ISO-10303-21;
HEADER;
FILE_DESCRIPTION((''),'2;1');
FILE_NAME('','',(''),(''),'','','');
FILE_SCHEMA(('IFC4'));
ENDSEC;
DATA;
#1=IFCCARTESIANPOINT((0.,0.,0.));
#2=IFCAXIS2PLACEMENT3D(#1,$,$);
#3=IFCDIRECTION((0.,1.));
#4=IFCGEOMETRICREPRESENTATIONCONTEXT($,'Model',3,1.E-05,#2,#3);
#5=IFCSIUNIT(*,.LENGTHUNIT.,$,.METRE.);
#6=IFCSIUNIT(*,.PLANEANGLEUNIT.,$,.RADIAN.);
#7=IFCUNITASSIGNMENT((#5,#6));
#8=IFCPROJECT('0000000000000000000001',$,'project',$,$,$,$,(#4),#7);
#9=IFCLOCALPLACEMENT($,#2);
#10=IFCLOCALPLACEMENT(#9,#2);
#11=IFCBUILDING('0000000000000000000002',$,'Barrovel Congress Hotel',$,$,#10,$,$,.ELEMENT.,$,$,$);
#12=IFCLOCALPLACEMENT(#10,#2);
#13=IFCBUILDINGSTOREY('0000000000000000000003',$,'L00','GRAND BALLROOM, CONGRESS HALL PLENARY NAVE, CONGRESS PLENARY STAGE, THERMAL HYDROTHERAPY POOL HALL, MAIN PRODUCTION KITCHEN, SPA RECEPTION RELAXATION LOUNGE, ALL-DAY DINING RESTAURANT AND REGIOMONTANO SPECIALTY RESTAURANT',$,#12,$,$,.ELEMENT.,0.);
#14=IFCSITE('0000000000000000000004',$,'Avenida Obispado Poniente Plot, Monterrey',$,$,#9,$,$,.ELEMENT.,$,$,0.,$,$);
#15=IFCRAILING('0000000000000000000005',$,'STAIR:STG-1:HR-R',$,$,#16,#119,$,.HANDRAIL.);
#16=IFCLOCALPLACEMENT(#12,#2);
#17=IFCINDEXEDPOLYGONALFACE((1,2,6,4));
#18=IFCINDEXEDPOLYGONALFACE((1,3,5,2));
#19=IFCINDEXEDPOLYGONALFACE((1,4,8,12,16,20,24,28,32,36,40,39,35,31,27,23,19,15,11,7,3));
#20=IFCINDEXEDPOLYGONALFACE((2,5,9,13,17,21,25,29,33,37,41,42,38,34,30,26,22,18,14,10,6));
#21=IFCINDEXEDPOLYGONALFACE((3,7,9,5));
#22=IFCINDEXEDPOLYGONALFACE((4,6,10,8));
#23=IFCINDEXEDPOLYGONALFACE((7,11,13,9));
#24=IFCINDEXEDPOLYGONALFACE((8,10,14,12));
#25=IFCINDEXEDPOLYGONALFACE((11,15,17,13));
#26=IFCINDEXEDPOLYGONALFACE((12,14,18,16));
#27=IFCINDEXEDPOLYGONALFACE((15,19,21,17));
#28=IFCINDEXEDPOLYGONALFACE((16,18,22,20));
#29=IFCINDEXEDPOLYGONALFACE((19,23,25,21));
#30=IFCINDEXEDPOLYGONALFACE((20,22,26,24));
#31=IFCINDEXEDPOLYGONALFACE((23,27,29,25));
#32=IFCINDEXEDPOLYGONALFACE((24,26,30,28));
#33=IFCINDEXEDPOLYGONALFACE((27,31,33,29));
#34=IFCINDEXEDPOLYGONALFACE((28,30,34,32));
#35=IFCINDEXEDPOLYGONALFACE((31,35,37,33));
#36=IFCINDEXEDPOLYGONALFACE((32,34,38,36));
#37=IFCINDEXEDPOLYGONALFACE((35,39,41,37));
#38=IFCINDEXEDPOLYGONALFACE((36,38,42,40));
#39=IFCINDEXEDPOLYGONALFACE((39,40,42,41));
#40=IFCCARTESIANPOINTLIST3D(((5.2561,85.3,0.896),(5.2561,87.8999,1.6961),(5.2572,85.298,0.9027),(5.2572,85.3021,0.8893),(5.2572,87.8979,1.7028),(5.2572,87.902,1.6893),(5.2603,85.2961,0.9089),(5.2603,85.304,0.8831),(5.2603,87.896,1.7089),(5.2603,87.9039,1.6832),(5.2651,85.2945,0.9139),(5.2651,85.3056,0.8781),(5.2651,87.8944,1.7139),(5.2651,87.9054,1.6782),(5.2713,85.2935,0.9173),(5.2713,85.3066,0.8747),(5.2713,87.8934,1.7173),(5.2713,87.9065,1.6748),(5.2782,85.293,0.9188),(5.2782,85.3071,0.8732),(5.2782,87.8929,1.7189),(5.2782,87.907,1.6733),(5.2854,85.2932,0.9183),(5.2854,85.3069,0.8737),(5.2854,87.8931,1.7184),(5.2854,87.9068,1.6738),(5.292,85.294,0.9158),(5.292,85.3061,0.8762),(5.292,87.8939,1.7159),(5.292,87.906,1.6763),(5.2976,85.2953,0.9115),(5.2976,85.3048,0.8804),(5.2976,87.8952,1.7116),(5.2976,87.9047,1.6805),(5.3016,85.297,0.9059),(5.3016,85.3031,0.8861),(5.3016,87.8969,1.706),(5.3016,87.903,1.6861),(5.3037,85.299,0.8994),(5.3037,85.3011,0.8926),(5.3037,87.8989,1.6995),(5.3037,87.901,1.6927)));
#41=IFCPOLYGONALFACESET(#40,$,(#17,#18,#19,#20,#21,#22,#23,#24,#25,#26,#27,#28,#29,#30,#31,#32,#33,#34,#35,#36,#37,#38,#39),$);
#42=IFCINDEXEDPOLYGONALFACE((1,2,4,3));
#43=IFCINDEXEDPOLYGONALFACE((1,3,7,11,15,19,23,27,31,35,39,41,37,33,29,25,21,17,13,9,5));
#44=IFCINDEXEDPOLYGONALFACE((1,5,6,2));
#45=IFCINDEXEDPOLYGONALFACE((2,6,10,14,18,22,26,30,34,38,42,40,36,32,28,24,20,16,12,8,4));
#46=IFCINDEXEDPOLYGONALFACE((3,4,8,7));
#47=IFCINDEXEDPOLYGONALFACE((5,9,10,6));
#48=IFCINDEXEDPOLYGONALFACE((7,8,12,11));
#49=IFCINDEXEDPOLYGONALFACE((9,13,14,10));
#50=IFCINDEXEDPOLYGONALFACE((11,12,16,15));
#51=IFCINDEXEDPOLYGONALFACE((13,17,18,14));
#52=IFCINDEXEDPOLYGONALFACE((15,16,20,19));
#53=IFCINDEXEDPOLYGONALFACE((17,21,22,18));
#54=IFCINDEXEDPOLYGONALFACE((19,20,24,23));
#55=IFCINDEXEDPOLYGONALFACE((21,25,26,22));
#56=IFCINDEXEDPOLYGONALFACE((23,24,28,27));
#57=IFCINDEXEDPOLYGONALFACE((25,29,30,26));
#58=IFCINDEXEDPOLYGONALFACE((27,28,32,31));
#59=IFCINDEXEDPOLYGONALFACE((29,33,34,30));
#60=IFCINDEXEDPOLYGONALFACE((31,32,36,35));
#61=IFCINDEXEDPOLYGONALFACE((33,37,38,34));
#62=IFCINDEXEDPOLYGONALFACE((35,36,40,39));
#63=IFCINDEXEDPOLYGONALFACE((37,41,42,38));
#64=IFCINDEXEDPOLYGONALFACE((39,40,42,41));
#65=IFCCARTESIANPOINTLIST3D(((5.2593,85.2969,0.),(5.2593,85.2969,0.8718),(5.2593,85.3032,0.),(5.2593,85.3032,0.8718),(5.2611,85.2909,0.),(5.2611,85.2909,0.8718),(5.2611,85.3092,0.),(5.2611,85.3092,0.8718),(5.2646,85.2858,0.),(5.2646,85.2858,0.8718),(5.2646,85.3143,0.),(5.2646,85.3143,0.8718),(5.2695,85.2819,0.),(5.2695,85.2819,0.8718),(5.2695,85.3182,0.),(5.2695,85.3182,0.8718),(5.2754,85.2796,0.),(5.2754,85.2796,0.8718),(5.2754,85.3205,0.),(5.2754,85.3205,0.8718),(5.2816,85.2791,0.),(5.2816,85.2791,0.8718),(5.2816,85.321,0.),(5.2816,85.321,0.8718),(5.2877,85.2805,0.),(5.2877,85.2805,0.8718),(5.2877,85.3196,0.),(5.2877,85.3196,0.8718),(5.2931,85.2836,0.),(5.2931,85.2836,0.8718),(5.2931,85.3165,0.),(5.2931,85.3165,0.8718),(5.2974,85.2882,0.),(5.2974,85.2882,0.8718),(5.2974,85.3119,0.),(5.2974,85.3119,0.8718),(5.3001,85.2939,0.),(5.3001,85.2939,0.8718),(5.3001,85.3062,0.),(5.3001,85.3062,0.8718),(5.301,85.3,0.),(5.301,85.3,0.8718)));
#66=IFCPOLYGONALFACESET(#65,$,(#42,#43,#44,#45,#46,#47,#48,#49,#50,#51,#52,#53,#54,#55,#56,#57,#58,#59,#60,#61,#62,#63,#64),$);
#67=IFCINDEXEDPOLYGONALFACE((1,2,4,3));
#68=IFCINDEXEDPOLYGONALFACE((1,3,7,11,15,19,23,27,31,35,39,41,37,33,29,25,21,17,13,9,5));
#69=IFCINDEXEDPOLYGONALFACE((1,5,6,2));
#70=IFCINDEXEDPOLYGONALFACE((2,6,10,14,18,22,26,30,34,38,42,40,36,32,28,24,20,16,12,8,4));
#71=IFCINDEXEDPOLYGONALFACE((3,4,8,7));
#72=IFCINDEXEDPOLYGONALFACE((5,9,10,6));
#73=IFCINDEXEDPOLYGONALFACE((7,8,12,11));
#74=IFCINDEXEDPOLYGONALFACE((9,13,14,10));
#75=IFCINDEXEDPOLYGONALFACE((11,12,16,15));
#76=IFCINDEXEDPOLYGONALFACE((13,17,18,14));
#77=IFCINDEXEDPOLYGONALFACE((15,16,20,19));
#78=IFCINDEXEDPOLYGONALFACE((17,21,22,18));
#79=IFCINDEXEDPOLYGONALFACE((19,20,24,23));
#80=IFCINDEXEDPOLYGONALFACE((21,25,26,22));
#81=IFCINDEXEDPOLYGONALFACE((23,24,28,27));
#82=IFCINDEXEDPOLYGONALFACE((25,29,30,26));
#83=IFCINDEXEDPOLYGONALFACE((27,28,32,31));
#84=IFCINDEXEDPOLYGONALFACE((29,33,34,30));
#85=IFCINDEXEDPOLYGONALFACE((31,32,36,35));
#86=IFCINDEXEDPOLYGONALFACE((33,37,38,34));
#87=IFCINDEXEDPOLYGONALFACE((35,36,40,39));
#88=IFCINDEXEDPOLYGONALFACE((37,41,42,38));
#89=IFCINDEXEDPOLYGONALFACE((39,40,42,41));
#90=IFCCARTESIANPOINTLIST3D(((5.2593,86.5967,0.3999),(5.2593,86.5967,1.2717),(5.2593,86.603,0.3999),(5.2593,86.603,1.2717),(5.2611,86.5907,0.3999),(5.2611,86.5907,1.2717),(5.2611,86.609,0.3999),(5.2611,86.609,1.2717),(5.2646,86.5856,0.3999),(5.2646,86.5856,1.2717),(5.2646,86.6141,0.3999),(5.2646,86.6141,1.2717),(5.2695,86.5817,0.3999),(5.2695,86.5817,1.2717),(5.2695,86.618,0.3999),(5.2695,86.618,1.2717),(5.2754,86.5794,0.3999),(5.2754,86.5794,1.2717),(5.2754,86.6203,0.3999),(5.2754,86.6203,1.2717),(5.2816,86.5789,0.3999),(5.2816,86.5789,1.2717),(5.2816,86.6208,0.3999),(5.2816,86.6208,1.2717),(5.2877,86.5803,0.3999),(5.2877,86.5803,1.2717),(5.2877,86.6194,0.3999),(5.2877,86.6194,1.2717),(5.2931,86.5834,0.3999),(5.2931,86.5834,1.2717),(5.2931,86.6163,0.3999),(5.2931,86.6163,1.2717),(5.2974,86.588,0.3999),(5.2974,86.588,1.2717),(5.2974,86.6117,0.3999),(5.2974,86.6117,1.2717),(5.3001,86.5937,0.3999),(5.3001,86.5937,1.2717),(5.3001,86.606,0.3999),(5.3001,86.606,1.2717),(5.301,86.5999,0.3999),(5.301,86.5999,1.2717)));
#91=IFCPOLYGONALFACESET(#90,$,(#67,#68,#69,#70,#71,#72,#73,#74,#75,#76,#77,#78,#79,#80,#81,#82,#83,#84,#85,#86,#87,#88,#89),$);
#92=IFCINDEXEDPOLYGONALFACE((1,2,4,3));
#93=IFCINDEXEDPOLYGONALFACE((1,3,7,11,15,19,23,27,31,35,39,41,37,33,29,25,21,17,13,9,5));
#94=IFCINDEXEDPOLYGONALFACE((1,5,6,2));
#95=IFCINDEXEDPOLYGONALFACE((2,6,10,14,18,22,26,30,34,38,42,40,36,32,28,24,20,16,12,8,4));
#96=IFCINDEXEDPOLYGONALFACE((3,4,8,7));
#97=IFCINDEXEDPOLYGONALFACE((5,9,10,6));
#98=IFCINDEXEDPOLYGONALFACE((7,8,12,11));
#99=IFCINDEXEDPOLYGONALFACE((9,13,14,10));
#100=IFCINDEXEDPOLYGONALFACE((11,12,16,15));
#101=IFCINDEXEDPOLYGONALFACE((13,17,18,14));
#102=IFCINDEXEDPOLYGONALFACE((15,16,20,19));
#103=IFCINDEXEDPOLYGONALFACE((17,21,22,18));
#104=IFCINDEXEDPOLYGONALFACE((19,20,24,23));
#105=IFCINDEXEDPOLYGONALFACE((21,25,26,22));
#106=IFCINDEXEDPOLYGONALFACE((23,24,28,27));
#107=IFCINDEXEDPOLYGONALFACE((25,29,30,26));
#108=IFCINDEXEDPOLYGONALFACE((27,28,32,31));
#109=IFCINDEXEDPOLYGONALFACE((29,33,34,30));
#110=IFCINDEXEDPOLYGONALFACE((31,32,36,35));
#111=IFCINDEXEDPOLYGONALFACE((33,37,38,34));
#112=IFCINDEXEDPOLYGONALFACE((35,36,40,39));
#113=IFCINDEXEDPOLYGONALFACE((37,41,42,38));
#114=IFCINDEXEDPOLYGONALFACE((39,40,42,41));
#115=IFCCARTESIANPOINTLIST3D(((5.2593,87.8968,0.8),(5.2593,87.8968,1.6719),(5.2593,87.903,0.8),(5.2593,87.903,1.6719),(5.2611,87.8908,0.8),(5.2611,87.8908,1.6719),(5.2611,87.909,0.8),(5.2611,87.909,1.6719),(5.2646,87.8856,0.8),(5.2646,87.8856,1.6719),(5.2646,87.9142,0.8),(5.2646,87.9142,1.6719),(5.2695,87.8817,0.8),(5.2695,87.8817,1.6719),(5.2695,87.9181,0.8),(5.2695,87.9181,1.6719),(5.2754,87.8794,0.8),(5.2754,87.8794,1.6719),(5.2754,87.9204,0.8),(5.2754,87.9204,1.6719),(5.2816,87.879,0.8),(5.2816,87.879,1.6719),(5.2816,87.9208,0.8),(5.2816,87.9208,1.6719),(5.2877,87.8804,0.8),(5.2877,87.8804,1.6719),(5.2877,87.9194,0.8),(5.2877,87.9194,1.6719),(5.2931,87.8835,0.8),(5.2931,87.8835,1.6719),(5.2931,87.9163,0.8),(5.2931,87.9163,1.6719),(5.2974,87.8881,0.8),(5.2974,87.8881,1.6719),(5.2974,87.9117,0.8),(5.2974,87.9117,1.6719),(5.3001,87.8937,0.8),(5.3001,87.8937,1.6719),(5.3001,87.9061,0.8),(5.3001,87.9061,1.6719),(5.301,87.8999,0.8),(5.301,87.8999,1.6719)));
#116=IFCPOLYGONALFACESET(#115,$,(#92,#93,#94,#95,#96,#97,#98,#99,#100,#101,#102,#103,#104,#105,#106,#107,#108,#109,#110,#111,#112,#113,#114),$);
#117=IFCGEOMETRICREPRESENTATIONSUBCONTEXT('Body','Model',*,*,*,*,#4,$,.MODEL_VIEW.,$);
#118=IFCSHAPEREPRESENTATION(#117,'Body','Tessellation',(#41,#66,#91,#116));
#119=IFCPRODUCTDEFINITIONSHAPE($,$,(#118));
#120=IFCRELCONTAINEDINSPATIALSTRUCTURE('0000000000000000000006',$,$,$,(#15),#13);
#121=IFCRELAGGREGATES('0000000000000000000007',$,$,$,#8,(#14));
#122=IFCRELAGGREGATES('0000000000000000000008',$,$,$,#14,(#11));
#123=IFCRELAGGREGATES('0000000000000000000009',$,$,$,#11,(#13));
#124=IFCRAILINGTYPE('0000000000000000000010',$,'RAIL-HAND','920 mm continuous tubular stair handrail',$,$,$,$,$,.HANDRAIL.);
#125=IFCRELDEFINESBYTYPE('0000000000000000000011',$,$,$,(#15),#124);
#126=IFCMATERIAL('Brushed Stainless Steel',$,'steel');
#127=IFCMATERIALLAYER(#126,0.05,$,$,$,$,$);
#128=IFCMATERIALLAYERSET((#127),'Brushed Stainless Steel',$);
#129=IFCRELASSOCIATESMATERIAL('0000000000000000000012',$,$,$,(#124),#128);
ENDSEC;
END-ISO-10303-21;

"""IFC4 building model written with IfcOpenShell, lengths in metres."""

from ifc_helpers import new_model, si_unit, direction, frame, origin, origin_2d, place, context, subcontext, project, spatial, circle, extrude, material, layer, layer_set, type_object, element, save


model = new_model("IFC4")

# Units and contexts
model_context = context("Model", 3, precision=1e-05, world=origin(), true_north=direction((0.0, 1.0)))
body_context = subcontext(model_context, "Body", "Model", "MODEL_VIEW")
ifc_project = project(units=[si_unit("LENGTHUNIT", "METRE"), si_unit("PLANEANGLEUNIT", "RADIAN")], contexts=[model_context])

# Site, building, storey
site_placement = place(None, origin())
site = spatial("IfcSite", under=ifc_project, at=site_placement, Name="Avenida Obispado Poniente Plot, Monterrey", CompositionType="ELEMENT", RefElevation=0.0)
building_placement = place(site_placement, origin())
building = spatial("IfcBuilding", under=site, at=building_placement, Name="Barrovel Congress Hotel", CompositionType="ELEMENT")
storey_placement = place(building_placement, origin())
storey = spatial("IfcBuildingStorey", under=building, at=storey_placement, Name="L00", Description="GRAND BALLROOM, CONGRESS HALL PLENARY NAVE, CONGRESS PLENARY STAGE, THERMAL HYDROTHERAPY POOL HALL, MAIN PRODUCTION KITCHEN, SPA RECEPTION RELAXATION LOUNGE, ALL-DAY DINING RESTAURANT AND REGIOMONTANO SPECIALTY RESTAURANT", CompositionType="ELEMENT", Elevation=0.0)

# Railing
ifc_material_1 = material(Name="Brushed Stainless Steel", Category="steel")
ifc_layer_1 = layer(ifc_material_1, 0.05)
ifc_layer_set_1 = layer_set([ifc_layer_1], Name="Brushed Stainless Steel")
railing_type = type_object("IfcRailingType", Name="RAIL-HAND", Description="920 mm continuous tubular stair handrail", PredefinedType="HANDRAIL", material=ifc_layer_set_1)
for number, where, name in (
    (1, (5.28, 85.3, 0.0), "STAIR:STG-1:HR-R"),
):
    element("IfcRailing", number, at=place(storey_placement, frame(where)), inside=storey, type_object=railing_type, Name=name, PredefinedType="HANDRAIL", context=body_context, shape_type="SweptSolid", body=[
        extrude(circle(Radius=0.0239, at=origin_2d()), frame((0.0, 0.0, 0.896), z_axis=(0.0, 0.955769, 0.294117), x_axis=(-1.0, 0.0, 0.0)), (0.0, 0.0, 1.0), 2.7202),
        extrude(circle(Radius=0.021, at=origin_2d()), origin(), (0.0, 0.0, 1.0), 0.8718),
        extrude(circle(Radius=0.021, at=origin_2d()), frame((0.0, 1.2998, 0.3999)), (0.0, 0.0, 1.0), 0.8718),
        extrude(circle(Radius=0.021, at=origin_2d()), frame((0.0, 2.5999, 0.8)), (0.0, 0.0, 1.0), 0.8718),
    ])

save(model, "model.ifc")
